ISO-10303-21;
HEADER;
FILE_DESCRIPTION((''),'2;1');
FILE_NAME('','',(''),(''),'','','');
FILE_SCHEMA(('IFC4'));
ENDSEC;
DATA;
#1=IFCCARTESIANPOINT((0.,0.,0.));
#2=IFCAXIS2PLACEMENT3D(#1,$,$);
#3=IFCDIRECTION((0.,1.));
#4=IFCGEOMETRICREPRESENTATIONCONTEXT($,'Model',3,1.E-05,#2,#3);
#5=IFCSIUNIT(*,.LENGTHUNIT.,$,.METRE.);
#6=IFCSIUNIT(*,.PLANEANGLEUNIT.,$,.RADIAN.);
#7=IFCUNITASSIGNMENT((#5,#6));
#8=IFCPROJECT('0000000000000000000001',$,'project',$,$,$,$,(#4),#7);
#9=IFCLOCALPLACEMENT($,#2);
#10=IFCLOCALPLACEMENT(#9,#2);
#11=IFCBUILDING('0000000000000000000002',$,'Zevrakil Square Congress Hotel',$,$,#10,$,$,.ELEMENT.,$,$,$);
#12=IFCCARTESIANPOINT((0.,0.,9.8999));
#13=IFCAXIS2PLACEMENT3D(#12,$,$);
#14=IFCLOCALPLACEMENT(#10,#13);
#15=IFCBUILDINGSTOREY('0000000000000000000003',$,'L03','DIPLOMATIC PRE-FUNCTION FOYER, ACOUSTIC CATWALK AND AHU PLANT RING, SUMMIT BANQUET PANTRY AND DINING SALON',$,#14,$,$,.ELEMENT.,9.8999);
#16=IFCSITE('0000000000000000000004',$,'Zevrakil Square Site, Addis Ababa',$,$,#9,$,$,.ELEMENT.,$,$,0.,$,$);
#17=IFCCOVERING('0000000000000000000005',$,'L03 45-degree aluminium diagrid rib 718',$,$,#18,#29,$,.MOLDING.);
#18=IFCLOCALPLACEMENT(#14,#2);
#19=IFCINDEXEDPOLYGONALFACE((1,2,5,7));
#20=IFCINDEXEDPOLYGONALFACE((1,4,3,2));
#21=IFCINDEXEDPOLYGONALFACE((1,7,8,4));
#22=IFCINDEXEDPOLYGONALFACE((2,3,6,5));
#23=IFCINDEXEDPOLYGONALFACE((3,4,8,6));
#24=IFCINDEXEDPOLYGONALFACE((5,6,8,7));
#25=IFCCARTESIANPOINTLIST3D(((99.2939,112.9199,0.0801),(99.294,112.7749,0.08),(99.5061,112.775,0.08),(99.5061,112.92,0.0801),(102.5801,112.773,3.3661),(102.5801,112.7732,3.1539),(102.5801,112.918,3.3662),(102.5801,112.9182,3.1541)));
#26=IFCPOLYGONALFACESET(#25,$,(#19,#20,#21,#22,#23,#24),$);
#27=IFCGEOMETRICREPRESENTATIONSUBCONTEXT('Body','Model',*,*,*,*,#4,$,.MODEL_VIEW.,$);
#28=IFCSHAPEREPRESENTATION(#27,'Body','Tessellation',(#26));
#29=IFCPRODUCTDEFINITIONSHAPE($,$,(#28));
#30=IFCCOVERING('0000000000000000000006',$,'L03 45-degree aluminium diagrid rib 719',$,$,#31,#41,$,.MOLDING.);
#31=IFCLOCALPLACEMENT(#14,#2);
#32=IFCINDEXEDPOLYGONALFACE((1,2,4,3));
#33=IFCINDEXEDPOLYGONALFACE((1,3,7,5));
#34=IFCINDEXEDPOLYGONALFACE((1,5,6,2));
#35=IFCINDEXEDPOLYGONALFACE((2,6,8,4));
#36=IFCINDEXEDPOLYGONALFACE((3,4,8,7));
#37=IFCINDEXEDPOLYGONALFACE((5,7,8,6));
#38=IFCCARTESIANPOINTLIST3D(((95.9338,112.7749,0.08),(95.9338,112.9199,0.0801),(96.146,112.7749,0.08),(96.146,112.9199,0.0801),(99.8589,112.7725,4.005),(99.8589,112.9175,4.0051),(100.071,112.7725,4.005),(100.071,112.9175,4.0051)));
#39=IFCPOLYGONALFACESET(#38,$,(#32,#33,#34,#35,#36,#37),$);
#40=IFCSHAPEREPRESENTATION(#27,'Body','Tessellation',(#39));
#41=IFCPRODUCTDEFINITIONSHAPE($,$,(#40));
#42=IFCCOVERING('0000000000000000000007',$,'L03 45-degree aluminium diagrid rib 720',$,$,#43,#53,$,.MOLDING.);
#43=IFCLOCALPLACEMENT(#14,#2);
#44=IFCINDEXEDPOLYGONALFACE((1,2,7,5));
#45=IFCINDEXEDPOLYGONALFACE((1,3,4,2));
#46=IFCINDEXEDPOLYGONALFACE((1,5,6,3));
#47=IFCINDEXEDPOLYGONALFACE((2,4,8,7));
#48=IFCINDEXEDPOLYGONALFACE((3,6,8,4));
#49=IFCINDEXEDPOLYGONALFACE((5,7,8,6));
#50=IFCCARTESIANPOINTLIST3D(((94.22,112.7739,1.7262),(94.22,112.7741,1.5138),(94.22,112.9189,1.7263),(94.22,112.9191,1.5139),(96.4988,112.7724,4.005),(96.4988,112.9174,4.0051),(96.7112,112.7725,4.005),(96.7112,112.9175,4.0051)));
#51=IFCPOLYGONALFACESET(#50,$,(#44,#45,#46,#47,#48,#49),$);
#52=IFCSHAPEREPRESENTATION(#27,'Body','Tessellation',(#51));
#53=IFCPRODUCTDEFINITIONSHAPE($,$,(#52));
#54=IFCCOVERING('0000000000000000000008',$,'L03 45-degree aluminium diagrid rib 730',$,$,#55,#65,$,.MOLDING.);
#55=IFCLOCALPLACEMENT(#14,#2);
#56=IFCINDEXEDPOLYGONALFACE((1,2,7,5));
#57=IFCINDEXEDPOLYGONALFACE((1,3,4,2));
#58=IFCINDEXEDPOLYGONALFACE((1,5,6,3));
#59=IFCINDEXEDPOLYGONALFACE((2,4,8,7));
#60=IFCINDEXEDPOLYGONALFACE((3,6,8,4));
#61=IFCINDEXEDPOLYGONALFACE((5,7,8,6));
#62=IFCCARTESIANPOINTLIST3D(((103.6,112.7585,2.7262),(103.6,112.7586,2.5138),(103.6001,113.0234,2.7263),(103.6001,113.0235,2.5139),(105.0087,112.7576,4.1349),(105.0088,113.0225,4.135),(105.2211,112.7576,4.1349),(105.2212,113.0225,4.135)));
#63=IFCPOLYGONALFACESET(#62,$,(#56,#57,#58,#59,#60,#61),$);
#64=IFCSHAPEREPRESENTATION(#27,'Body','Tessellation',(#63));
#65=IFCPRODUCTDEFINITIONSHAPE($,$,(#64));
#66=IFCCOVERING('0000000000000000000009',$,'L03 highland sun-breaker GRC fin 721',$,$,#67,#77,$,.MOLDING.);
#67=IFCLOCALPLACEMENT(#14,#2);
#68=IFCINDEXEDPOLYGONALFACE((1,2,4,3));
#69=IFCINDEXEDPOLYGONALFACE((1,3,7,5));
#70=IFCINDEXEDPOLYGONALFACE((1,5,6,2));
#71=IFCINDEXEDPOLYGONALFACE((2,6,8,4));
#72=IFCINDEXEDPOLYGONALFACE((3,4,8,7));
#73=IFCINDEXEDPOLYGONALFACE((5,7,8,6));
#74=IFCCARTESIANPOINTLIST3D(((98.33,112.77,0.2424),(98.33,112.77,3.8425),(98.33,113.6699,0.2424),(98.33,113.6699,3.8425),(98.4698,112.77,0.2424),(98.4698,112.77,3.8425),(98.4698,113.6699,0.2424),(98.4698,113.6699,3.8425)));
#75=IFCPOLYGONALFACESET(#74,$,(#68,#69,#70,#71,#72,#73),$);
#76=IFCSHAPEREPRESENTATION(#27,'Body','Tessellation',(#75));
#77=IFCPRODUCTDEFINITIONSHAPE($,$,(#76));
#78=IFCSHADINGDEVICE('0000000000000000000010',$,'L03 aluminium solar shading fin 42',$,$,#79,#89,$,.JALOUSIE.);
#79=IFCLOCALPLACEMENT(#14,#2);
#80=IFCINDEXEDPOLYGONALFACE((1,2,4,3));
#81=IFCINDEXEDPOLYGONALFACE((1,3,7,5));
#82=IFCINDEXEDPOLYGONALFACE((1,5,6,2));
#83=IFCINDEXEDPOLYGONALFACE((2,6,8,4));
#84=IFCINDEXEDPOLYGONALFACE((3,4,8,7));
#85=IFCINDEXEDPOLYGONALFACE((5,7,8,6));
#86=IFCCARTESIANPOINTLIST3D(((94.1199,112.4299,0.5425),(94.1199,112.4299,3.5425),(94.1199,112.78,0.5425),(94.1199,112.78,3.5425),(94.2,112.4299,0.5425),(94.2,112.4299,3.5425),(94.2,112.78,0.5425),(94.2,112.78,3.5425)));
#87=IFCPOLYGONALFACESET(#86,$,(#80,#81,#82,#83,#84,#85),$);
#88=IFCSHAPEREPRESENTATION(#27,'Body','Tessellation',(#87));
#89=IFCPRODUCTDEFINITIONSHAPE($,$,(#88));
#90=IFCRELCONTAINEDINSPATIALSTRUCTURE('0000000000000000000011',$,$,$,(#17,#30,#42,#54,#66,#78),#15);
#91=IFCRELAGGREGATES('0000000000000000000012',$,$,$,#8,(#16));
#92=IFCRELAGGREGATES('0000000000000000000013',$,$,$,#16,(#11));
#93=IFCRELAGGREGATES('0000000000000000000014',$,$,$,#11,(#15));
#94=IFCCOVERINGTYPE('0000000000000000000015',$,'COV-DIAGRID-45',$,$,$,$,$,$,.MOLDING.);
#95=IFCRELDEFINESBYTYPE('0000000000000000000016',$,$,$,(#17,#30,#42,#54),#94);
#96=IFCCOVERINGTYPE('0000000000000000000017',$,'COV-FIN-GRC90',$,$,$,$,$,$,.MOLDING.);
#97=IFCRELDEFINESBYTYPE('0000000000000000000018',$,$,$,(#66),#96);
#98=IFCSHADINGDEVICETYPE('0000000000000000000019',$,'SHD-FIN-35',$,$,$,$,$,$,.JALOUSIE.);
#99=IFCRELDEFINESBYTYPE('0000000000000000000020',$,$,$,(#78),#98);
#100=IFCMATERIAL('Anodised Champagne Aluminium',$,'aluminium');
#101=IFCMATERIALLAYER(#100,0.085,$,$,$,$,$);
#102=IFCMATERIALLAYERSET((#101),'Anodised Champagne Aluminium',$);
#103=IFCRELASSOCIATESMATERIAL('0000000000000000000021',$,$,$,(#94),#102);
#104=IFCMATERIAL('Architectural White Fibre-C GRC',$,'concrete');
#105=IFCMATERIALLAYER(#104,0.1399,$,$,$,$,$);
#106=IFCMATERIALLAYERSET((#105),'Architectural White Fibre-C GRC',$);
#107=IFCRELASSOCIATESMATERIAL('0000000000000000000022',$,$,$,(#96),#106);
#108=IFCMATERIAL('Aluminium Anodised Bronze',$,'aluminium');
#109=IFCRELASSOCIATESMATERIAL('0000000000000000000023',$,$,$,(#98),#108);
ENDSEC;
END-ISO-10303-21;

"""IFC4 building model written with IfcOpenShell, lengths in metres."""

from ifc_helpers import new_model, si_unit, direction, frame, origin, origin_2d, place, context, subcontext, project, spatial, polyline, rectangle, outline, extrude, material, layer, layer_set, type_object, element, save


model = new_model("IFC4")

# Units and contexts
model_context = context("Model", 3, precision=1e-05, world=origin(), true_north=direction((0.0, 1.0)))
body_context = subcontext(model_context, "Body", "Model", "MODEL_VIEW")
ifc_project = project(units=[si_unit("LENGTHUNIT", "METRE"), si_unit("PLANEANGLEUNIT", "RADIAN")], contexts=[model_context])

# Site, building, storey
site_placement = place(None, origin())
site = spatial("IfcSite", under=ifc_project, at=site_placement, Name="Zevrakil Square Site, Addis Ababa", CompositionType="ELEMENT", RefElevation=0.0)
building_placement = place(site_placement, origin())
building = spatial("IfcBuilding", under=site, at=building_placement, Name="Zevrakil Square Congress Hotel", CompositionType="ELEMENT")
storey_placement = place(building_placement, frame((0.0, 0.0, 9.8999)))
storey = spatial("IfcBuildingStorey", under=building, at=storey_placement, Name="L03", Description="DIPLOMATIC PRE-FUNCTION FOYER, ACOUSTIC CATWALK AND AHU PLANT RING, SUMMIT BANQUET PANTRY AND DINING SALON", CompositionType="ELEMENT", Elevation=9.8999)

# Coverings
ifc_material_1 = material(Name="Anodised Champagne Aluminium", Category="aluminium")
ifc_layer_1 = layer(ifc_material_1, 0.085)
ifc_layer_set_1 = layer_set([ifc_layer_1], Name="Anodised Champagne Aluminium")
covering_type_1 = type_object("IfcCoveringType", Name="COV-DIAGRID-45", PredefinedType="MOLDING", material=ifc_layer_set_1)
covering_1_placement = place(storey_placement, frame((102.5801, 112.9182, 3.1541), z_axis=(-0.000287, 1.0, 0.000863), x_axis=(0.0, -0.000863, 1.0)))
element("IfcCovering", 1, at=covering_1_placement, inside=storey, type_object=covering_type_1, Name="L03 45-degree aluminium diagrid rib 718", PredefinedType="MOLDING", context=body_context, shape_type="SweptSolid", body=[
    extrude(outline(polyline([(0.0, 0.0), (0.2122, 0.0), (-3.074, -3.2861), (-3.074, -3.074), (0.0, 0.0)])), origin(), (0.0, 0.0, -1.0), 0.145),
])
covering_2_placement = place(storey_placement, frame((100.071, 112.9175, 4.0051), z_axis=(0.0, 1.0, 0.000622), x_axis=(-1.0, 0.0, 0.0)))
element("IfcCovering", 2, at=covering_2_placement, inside=storey, type_object=covering_type_1, Name="L03 45-degree aluminium diagrid rib 719", PredefinedType="MOLDING", context=body_context, shape_type="SweptSolid", body=[
    extrude(outline(polyline([(0.0, 0.0), (0.2122, 0.0), (4.1372, -3.925), (3.925, -3.925), (0.0, 0.0)])), origin(), (0.0, 0.0, -1.0), 0.145),
])
covering_3_placement = place(storey_placement, frame((96.7112, 112.9175, 4.0051), z_axis=(-0.000242, 1.0, 0.000907), x_axis=(-1.0, -0.000242, 0.0)))
element("IfcCovering", 3, at=covering_3_placement, inside=storey, type_object=covering_type_1, Name="L03 45-degree aluminium diagrid rib 720", PredefinedType="MOLDING", context=body_context, shape_type="SweptSolid", body=[
    extrude(outline(polyline([(0.0, 0.0), (0.2124, 0.0), (2.4912, -2.2788), (2.4912, -2.4912), (0.0, 0.0)])), origin(), (0.0, 0.0, -1.0), 0.145),
])
covering_4_placement = place(storey_placement, frame((105.2212, 113.0225, 4.135), z_axis=(0.000322, 1.0, 0.000322), x_axis=(-1.0, 0.000322, 0.0)))
element("IfcCovering", 4, at=covering_4_placement, inside=storey, type_object=covering_type_1, Name="L03 45-degree aluminium diagrid rib 730", PredefinedType="MOLDING", context=body_context, shape_type="SweptSolid", body=[
    extrude(outline(polyline([(0.0, 0.0), (0.2124, 0.0), (1.6211, -1.4087), (1.6211, -1.6211), (0.0, 0.0)])), origin(), (0.0, 0.0, -1.0), 0.2649),
])
ifc_material_2 = material(Name="Architectural White Fibre-C GRC", Category="concrete")
ifc_layer_2 = layer(ifc_material_2, 0.1399)
ifc_layer_set_2 = layer_set([ifc_layer_2], Name="Architectural White Fibre-C GRC")
covering_type_2 = type_object("IfcCoveringType", Name="COV-FIN-GRC90", PredefinedType="MOLDING", material=ifc_layer_set_2)
covering_5_placement = place(storey_placement, frame((98.3999, 113.22, 0.2424), z_axis=(0.0, 0.0, 1.0), x_axis=(0.0, 1.0, 0.0)))
element("IfcCovering", 5, at=covering_5_placement, inside=storey, type_object=covering_type_2, Name="L03 highland sun-breaker GRC fin 721", PredefinedType="MOLDING", context=body_context, shape_type="SweptSolid", body=[
    extrude(rectangle(XDim=0.8999, YDim=0.1399, at=origin_2d()), origin(), (0.0, 0.0, 1.0), 3.6001),
])

# Shading device
ifc_material_3 = material(Name="Aluminium Anodised Bronze", Category="aluminium")
shading_device_type = type_object("IfcShadingDeviceType", Name="SHD-FIN-35", PredefinedType="JALOUSIE", material=ifc_material_3)
shading_device_placement = place(storey_placement, frame((94.1599, 112.605, 0.5425), z_axis=(0.0, 0.0, 1.0), x_axis=(0.0, -1.0, 0.0)))
element("IfcShadingDevice", 6, at=shading_device_placement, inside=storey, type_object=shading_device_type, Name="L03 aluminium solar shading fin 42", PredefinedType="JALOUSIE", context=body_context, shape_type="SweptSolid", body=[
    extrude(rectangle(XDim=0.3501, YDim=0.0801, at=origin_2d()), origin(), (0.0, 0.0, 1.0), 3.0),
])

save(model, "model.ifc")
